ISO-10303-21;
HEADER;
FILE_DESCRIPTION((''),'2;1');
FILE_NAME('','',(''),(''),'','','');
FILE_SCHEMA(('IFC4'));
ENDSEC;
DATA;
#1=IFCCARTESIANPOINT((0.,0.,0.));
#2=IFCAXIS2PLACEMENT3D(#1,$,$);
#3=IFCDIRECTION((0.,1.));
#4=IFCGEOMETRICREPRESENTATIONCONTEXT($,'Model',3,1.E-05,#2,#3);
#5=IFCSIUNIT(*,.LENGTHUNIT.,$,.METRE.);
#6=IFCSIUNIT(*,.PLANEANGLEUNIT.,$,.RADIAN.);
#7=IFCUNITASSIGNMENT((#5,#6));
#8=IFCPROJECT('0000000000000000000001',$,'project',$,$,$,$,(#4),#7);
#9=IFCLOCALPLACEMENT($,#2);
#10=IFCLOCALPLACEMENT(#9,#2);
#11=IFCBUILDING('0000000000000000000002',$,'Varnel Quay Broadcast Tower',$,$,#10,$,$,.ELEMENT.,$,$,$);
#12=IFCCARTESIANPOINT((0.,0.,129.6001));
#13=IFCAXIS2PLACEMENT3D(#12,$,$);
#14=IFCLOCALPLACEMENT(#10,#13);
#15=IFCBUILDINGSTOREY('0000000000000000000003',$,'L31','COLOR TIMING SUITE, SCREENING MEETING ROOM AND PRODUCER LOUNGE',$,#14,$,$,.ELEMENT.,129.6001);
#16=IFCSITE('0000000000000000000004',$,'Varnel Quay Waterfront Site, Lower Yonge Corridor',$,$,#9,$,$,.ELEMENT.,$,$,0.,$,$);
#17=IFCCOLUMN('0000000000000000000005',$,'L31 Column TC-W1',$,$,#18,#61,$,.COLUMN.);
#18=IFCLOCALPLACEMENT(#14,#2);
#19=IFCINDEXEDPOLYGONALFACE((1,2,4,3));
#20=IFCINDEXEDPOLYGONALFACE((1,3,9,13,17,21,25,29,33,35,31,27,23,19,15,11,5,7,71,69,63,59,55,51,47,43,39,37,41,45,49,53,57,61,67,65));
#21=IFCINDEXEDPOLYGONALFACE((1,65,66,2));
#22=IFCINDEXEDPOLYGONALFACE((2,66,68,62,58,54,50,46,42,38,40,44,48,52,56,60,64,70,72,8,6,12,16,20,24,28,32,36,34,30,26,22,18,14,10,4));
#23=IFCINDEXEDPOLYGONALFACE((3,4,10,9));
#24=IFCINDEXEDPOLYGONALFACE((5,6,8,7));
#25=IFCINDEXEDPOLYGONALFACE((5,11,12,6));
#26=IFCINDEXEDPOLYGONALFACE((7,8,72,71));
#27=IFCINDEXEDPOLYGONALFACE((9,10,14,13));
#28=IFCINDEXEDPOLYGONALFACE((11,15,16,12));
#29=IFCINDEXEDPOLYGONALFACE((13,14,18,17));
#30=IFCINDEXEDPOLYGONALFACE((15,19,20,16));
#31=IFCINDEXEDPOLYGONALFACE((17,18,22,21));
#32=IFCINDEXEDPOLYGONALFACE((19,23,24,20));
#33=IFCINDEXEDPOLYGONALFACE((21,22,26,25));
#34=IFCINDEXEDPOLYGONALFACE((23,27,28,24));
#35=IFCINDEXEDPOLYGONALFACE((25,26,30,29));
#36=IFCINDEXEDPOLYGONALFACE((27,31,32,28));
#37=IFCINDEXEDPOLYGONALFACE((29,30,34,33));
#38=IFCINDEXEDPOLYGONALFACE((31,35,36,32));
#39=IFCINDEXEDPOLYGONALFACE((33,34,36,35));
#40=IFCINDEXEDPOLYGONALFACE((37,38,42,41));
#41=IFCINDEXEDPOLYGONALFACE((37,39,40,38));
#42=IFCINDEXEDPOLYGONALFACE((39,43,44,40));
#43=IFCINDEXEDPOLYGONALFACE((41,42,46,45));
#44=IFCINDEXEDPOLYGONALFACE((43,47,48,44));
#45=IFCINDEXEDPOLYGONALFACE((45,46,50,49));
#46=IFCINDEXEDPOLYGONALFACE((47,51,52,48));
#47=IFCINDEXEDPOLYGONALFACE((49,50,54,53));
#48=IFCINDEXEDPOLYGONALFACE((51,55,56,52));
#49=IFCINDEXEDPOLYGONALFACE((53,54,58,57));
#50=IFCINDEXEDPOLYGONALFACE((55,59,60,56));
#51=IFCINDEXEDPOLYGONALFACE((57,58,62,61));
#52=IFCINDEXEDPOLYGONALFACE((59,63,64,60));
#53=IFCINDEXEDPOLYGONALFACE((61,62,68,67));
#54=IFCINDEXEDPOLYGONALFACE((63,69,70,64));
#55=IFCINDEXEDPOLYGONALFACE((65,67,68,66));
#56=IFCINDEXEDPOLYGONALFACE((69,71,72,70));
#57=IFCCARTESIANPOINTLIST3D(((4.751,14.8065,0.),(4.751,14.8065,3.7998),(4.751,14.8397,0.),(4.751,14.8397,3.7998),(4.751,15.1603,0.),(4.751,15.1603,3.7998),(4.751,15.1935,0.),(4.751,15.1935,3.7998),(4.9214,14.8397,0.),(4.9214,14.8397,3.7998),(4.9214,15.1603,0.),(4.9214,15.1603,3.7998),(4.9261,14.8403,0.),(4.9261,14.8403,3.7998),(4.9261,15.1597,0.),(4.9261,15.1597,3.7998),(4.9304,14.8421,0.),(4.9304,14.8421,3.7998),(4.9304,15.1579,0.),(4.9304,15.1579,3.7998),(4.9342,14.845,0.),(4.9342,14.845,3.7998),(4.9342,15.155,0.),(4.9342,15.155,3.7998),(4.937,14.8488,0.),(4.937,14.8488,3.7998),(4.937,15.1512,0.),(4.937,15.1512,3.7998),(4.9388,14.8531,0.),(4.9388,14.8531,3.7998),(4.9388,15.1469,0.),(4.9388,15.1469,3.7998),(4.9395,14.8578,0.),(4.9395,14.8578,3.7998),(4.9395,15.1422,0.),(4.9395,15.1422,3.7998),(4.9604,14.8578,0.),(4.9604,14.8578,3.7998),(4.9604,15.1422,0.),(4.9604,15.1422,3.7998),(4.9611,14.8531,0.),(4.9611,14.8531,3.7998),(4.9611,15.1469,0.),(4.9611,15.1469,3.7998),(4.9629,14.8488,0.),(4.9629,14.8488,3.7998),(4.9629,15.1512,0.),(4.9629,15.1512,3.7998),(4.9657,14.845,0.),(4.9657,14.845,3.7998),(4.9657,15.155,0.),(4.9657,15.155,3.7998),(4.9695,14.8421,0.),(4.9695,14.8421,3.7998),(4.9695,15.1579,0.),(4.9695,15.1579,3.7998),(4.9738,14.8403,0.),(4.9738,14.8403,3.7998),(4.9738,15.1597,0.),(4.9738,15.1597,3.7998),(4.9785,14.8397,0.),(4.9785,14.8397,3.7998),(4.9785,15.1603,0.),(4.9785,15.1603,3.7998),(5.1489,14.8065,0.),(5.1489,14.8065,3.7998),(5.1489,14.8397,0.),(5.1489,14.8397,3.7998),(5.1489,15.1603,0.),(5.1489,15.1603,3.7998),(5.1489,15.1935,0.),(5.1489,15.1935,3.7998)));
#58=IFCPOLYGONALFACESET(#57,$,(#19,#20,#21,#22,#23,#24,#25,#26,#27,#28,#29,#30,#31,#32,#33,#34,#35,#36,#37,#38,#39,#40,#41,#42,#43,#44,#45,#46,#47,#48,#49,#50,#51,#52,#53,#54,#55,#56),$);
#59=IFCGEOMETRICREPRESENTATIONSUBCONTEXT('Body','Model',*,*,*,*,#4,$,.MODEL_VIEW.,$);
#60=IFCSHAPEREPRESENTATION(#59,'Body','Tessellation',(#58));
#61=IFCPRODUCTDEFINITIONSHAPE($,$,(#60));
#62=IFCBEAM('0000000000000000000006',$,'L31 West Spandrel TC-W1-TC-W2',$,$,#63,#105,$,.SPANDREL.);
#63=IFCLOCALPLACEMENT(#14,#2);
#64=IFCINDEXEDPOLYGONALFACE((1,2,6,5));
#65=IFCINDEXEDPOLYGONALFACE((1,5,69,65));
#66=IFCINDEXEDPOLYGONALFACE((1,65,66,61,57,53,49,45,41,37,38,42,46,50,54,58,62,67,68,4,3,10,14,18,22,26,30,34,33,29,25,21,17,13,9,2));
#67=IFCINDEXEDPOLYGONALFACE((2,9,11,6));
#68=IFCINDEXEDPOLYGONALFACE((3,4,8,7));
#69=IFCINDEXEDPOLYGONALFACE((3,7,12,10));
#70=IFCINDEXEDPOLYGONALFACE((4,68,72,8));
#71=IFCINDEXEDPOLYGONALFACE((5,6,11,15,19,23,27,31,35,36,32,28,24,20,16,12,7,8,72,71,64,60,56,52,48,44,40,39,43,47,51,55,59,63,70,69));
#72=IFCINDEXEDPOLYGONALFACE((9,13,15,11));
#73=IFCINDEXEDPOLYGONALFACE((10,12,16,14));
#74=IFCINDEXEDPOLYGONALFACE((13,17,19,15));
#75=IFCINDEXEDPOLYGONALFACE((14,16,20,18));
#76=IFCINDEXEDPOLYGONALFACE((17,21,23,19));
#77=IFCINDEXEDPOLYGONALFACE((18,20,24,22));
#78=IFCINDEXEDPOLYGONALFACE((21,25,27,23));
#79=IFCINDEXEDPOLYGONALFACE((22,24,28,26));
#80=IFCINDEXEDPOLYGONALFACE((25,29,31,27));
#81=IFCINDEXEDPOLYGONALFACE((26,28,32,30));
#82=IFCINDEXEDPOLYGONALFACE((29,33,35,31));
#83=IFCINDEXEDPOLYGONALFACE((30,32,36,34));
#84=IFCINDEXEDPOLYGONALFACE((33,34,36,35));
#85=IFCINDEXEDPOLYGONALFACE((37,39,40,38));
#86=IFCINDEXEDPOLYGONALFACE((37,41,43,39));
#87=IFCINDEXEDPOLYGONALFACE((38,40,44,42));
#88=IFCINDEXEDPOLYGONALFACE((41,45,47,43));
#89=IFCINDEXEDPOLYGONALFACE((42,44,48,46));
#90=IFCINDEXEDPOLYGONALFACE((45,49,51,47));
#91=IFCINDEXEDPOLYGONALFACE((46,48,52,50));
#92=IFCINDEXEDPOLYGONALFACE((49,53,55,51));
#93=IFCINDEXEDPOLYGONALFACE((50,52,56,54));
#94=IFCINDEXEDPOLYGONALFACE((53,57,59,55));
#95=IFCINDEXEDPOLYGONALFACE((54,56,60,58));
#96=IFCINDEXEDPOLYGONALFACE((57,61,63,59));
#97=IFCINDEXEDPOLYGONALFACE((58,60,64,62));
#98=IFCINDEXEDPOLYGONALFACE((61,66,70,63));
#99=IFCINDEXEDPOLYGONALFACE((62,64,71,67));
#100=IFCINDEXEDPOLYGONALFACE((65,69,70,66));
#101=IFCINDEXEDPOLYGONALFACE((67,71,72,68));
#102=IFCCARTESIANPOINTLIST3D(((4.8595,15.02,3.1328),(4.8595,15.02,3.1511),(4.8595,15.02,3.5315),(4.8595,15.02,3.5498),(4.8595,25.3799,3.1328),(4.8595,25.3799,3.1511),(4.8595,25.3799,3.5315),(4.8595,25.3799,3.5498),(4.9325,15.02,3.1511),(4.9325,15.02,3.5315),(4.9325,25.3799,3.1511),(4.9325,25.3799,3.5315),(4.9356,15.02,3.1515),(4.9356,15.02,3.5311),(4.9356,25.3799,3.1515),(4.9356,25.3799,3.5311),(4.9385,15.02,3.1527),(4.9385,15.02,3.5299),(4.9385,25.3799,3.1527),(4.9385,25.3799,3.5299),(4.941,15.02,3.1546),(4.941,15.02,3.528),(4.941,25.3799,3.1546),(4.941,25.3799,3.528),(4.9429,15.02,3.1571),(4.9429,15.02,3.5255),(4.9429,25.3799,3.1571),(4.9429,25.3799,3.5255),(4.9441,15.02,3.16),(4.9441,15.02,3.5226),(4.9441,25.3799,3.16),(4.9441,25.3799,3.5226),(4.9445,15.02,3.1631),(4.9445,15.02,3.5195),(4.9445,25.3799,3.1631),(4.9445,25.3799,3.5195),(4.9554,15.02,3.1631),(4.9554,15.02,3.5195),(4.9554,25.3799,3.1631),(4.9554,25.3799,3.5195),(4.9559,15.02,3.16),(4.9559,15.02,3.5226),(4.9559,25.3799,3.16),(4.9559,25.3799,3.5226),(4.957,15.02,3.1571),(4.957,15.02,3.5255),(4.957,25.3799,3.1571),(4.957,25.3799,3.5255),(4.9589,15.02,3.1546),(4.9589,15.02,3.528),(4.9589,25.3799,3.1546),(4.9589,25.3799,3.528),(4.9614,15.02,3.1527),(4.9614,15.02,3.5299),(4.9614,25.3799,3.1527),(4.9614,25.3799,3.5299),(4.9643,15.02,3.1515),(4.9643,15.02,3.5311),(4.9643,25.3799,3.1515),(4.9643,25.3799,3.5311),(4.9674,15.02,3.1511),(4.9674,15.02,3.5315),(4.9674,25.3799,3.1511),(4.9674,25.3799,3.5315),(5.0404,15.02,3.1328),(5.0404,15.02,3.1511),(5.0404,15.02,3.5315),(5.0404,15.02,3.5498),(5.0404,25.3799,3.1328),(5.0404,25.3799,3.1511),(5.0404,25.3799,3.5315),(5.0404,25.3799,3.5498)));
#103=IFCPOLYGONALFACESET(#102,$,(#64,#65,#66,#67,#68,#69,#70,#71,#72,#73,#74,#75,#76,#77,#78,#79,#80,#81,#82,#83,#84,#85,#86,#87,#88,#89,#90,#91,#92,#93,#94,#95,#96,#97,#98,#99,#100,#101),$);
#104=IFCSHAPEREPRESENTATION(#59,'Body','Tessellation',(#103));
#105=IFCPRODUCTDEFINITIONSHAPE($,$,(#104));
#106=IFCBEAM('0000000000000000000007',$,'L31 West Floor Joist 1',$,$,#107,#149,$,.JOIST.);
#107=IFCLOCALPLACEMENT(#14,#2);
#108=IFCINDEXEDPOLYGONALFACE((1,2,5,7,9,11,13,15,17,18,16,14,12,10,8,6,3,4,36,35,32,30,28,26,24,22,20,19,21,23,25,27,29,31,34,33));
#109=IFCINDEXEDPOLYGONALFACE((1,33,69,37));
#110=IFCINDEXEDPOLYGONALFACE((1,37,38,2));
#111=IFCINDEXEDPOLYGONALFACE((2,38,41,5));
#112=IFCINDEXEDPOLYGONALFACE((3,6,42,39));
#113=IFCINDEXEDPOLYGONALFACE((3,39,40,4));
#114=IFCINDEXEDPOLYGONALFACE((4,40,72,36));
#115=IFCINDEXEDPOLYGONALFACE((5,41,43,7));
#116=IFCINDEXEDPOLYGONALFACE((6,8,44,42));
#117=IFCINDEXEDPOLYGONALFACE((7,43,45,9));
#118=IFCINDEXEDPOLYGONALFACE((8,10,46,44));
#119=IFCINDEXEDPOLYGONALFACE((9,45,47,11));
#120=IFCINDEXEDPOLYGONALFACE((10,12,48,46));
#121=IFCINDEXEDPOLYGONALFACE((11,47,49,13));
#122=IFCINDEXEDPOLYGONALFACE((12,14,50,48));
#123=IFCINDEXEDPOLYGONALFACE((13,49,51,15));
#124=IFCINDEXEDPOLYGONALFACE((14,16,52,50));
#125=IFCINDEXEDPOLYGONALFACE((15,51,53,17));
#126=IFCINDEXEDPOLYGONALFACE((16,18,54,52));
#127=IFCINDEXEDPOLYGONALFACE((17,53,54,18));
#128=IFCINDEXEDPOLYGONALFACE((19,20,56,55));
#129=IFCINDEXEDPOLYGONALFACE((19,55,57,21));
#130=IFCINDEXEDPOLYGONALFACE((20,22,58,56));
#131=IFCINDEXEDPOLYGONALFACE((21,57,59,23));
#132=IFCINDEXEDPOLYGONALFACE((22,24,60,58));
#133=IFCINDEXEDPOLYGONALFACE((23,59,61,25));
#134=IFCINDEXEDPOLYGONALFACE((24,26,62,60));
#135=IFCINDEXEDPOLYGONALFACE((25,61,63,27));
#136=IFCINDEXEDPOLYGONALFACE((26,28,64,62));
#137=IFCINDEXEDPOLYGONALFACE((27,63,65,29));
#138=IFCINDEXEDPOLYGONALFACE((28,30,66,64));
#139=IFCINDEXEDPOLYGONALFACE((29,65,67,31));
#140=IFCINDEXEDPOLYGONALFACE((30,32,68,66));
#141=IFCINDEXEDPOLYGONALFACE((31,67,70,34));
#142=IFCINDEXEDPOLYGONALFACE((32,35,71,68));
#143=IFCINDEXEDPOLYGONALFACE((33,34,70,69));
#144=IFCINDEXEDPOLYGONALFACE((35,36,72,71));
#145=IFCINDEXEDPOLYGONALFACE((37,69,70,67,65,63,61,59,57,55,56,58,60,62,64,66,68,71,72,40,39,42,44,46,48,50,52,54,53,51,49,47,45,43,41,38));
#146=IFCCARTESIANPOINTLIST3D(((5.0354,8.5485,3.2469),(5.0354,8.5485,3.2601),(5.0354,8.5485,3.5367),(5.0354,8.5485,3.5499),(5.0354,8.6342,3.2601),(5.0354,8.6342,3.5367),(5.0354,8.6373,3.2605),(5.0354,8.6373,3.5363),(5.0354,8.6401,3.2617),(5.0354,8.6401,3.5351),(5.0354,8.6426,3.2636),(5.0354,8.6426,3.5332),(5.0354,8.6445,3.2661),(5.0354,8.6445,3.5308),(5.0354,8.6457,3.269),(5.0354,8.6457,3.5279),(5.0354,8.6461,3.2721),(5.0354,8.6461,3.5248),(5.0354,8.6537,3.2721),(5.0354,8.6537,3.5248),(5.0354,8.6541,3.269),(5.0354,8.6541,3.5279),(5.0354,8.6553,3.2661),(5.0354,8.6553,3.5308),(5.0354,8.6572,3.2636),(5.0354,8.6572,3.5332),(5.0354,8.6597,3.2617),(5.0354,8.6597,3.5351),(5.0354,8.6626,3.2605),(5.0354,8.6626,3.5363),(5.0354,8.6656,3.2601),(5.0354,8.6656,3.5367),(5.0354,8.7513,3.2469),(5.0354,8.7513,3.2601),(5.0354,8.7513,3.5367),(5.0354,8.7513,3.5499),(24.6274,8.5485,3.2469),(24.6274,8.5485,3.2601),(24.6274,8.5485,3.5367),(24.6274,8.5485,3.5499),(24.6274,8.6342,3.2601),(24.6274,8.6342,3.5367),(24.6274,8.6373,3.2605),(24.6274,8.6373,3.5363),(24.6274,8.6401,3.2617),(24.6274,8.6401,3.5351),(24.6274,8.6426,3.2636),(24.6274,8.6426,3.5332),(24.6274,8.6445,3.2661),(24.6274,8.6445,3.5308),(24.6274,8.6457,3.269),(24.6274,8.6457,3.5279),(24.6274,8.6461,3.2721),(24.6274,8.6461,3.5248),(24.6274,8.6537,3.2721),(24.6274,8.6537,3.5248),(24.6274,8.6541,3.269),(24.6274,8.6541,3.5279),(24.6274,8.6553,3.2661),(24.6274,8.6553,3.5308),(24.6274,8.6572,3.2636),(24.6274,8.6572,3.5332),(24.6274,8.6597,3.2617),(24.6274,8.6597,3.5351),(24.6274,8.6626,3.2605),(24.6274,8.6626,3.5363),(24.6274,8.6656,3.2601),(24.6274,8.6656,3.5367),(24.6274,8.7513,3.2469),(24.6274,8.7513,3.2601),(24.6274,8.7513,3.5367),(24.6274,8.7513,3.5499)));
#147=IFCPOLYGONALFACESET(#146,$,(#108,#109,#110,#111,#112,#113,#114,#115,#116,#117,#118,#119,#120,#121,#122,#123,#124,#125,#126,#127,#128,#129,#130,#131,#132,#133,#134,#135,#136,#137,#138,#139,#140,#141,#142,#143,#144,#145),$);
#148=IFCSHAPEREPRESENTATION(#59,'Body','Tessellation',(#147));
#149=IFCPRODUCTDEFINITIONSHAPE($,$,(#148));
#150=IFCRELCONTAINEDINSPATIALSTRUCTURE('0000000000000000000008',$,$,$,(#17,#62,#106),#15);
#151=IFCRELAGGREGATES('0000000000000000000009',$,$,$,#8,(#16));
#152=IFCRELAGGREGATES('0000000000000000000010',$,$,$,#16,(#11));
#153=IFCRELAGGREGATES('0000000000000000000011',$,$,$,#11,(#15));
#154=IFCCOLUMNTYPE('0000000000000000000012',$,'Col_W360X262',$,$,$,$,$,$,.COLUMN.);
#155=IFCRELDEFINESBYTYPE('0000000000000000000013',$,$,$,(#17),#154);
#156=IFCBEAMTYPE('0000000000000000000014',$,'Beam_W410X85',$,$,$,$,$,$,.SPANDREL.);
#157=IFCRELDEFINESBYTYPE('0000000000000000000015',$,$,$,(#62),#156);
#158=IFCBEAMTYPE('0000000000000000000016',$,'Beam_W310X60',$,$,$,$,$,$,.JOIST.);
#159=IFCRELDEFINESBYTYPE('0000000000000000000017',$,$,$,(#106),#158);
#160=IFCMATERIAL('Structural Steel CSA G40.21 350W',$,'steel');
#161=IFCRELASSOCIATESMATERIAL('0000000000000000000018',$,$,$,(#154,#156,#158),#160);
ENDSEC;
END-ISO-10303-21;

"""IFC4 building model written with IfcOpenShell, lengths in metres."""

from ifc_helpers import new_model, si_unit, direction, frame, origin, origin_2d, place, context, subcontext, project, spatial, i_section, extrude, source, transform, mapped, material, material_profile, profile_set, type_object, type_shapes, element, save


model = new_model("IFC4")

# Units and contexts
model_context = context("Model", 3, precision=1e-05, world=origin(), true_north=direction((0.0, 1.0)))
body_context = subcontext(model_context, "Body", "Model", "MODEL_VIEW")
ifc_project = project(units=[si_unit("LENGTHUNIT", "METRE"), si_unit("PLANEANGLEUNIT", "RADIAN")], contexts=[model_context])

# Site, building, storey
site_placement = place(None, origin())
site = spatial("IfcSite", under=ifc_project, at=site_placement, Name="Varnel Quay Waterfront Site, Lower Yonge Corridor", CompositionType="ELEMENT", RefElevation=0.0)
building_placement = place(site_placement, origin())
building = spatial("IfcBuilding", under=site, at=building_placement, Name="Varnel Quay Broadcast Tower", CompositionType="ELEMENT")
storey_placement = place(building_placement, frame((0.0, 0.0, 129.6001)))
storey = spatial("IfcBuildingStorey", under=building, at=storey_placement, Name="L31", Description="COLOR TIMING SUITE, SCREENING MEETING ROOM AND PRODUCER LOUNGE", CompositionType="ELEMENT", Elevation=129.6001)

# Column
ifc_material_1 = material(Name="Structural Steel CSA G40.21 350W", Category="steel")
ifc_material_profile_1 = material_profile(ifc_material_1, i_section(OverallWidth=0.3979, OverallDepth=0.387, WebThickness=0.021, FlangeThickness=0.0332, FilletRadius=0.0181, at=origin_2d()), Name="W360X262")
ifc_profile_set_1 = profile_set([ifc_material_profile_1], Name="Structural Steel CSA G40.21 350W")
column_type = type_object("IfcColumnType", Name="Col_W360X262", PredefinedType="COLUMN", material=ifc_profile_set_1)
shared_shape_1 = source(origin(), body_context, "Body", "SweptSolid", [
    extrude(i_section(OverallWidth=0.3979, OverallDepth=0.387, WebThickness=0.021, FlangeThickness=0.0332, FilletRadius=0.0181, at=origin_2d()), origin(), (0.0, 0.0, 1.0), 3.7998),
])
type_shapes(column_type, [shared_shape_1])
column_placement = place(storey_placement, frame((4.95, 15.0, 0.0), z_axis=(0.0, 0.0, 1.0), x_axis=(1.0, 0.0, 0.0)))
element("IfcColumn", 1, at=column_placement, inside=storey, type_object=column_type, Name="L31 Column TC-W1", PredefinedType="COLUMN", context=body_context, shape_type="MappedRepresentation", body=[
    mapped(shared_shape_1, transform((0.0, 0.0, 0.0), x_axis=(1.0, 0.0, 0.0), y_axis=(0.0, 1.0, 0.0), z_axis=(0.0, 0.0, 1.0), scale=1.0)),
])

# Beams
ifc_material_profile_2 = material_profile(ifc_material_1, i_section(OverallWidth=0.1809, OverallDepth=0.417, WebThickness=0.011, FlangeThickness=0.0183, FilletRadius=0.012, at=origin_2d()), Name="W410X85")
ifc_profile_set_2 = profile_set([ifc_material_profile_2], Name="Structural Steel CSA G40.21 350W")
beam_type_1 = type_object("IfcBeamType", Name="Beam_W410X85", PredefinedType="SPANDREL", material=ifc_profile_set_2)
shared_shape_2 = source(origin(), body_context, "Body", "SweptSolid", [
    extrude(i_section(OverallWidth=0.1809, OverallDepth=0.417, WebThickness=0.011, FlangeThickness=0.0183, FilletRadius=0.012, at=origin_2d()), origin(), (0.0, 0.0, 1.0), 10.3599),
])
type_shapes(beam_type_1, [shared_shape_2])
beam_1_placement = place(storey_placement, frame((4.95, 15.02, 3.3413), z_axis=(0.0, 1.0, 0.0), x_axis=(-1.0, 0.0, 0.0)))
element("IfcBeam", 2, at=beam_1_placement, inside=storey, type_object=beam_type_1, Name="L31 West Spandrel TC-W1-TC-W2", PredefinedType="SPANDREL", context=body_context, shape_type="MappedRepresentation", body=[
    mapped(shared_shape_2, transform((0.0, 0.0, 0.0), x_axis=(1.0, 0.0, 0.0), y_axis=(0.0, 1.0, 0.0), z_axis=(0.0, 0.0, 1.0), scale=1.0)),
])
ifc_material_profile_3 = material_profile(ifc_material_1, i_section(OverallWidth=0.2029, OverallDepth=0.303, WebThickness=0.0076, FlangeThickness=0.0132, FilletRadius=0.012, at=origin_2d()), Name="W310X60")
ifc_profile_set_3 = profile_set([ifc_material_profile_3], Name="Structural Steel CSA G40.21 350W")
beam_type_2 = type_object("IfcBeamType", Name="Beam_W310X60", PredefinedType="JOIST", material=ifc_profile_set_3)
shared_shape_3 = source(origin(), body_context, "Body", "SweptSolid", [
    extrude(i_section(OverallWidth=0.2029, OverallDepth=0.303, WebThickness=0.0076, FlangeThickness=0.0132, FilletRadius=0.012, at=origin_2d()), origin(), (0.0, 0.0, 1.0), 19.592),
])
type_shapes(beam_type_2, [shared_shape_3])
for number, where, z_axis, x_axis, name in (
    (3, (5.0354, 8.6499, 3.3984), (1.0, 0.0, 0.0), (0.0, 1.0, 0.0), "L31 West Floor Joist 1"),
):
    element("IfcBeam", number, at=place(storey_placement, frame(where, z_axis=z_axis, x_axis=x_axis)), inside=storey, type_object=beam_type_2, Name=name, PredefinedType="JOIST", context=body_context, shape_type="MappedRepresentation", body=[
        mapped(shared_shape_3, transform((0.0, 0.0, 0.0), x_axis=(1.0, 0.0, 0.0), y_axis=(0.0, 1.0, 0.0), z_axis=(0.0, 0.0, 1.0), scale=1.0)),
    ])

save(model, "model.ifc")
